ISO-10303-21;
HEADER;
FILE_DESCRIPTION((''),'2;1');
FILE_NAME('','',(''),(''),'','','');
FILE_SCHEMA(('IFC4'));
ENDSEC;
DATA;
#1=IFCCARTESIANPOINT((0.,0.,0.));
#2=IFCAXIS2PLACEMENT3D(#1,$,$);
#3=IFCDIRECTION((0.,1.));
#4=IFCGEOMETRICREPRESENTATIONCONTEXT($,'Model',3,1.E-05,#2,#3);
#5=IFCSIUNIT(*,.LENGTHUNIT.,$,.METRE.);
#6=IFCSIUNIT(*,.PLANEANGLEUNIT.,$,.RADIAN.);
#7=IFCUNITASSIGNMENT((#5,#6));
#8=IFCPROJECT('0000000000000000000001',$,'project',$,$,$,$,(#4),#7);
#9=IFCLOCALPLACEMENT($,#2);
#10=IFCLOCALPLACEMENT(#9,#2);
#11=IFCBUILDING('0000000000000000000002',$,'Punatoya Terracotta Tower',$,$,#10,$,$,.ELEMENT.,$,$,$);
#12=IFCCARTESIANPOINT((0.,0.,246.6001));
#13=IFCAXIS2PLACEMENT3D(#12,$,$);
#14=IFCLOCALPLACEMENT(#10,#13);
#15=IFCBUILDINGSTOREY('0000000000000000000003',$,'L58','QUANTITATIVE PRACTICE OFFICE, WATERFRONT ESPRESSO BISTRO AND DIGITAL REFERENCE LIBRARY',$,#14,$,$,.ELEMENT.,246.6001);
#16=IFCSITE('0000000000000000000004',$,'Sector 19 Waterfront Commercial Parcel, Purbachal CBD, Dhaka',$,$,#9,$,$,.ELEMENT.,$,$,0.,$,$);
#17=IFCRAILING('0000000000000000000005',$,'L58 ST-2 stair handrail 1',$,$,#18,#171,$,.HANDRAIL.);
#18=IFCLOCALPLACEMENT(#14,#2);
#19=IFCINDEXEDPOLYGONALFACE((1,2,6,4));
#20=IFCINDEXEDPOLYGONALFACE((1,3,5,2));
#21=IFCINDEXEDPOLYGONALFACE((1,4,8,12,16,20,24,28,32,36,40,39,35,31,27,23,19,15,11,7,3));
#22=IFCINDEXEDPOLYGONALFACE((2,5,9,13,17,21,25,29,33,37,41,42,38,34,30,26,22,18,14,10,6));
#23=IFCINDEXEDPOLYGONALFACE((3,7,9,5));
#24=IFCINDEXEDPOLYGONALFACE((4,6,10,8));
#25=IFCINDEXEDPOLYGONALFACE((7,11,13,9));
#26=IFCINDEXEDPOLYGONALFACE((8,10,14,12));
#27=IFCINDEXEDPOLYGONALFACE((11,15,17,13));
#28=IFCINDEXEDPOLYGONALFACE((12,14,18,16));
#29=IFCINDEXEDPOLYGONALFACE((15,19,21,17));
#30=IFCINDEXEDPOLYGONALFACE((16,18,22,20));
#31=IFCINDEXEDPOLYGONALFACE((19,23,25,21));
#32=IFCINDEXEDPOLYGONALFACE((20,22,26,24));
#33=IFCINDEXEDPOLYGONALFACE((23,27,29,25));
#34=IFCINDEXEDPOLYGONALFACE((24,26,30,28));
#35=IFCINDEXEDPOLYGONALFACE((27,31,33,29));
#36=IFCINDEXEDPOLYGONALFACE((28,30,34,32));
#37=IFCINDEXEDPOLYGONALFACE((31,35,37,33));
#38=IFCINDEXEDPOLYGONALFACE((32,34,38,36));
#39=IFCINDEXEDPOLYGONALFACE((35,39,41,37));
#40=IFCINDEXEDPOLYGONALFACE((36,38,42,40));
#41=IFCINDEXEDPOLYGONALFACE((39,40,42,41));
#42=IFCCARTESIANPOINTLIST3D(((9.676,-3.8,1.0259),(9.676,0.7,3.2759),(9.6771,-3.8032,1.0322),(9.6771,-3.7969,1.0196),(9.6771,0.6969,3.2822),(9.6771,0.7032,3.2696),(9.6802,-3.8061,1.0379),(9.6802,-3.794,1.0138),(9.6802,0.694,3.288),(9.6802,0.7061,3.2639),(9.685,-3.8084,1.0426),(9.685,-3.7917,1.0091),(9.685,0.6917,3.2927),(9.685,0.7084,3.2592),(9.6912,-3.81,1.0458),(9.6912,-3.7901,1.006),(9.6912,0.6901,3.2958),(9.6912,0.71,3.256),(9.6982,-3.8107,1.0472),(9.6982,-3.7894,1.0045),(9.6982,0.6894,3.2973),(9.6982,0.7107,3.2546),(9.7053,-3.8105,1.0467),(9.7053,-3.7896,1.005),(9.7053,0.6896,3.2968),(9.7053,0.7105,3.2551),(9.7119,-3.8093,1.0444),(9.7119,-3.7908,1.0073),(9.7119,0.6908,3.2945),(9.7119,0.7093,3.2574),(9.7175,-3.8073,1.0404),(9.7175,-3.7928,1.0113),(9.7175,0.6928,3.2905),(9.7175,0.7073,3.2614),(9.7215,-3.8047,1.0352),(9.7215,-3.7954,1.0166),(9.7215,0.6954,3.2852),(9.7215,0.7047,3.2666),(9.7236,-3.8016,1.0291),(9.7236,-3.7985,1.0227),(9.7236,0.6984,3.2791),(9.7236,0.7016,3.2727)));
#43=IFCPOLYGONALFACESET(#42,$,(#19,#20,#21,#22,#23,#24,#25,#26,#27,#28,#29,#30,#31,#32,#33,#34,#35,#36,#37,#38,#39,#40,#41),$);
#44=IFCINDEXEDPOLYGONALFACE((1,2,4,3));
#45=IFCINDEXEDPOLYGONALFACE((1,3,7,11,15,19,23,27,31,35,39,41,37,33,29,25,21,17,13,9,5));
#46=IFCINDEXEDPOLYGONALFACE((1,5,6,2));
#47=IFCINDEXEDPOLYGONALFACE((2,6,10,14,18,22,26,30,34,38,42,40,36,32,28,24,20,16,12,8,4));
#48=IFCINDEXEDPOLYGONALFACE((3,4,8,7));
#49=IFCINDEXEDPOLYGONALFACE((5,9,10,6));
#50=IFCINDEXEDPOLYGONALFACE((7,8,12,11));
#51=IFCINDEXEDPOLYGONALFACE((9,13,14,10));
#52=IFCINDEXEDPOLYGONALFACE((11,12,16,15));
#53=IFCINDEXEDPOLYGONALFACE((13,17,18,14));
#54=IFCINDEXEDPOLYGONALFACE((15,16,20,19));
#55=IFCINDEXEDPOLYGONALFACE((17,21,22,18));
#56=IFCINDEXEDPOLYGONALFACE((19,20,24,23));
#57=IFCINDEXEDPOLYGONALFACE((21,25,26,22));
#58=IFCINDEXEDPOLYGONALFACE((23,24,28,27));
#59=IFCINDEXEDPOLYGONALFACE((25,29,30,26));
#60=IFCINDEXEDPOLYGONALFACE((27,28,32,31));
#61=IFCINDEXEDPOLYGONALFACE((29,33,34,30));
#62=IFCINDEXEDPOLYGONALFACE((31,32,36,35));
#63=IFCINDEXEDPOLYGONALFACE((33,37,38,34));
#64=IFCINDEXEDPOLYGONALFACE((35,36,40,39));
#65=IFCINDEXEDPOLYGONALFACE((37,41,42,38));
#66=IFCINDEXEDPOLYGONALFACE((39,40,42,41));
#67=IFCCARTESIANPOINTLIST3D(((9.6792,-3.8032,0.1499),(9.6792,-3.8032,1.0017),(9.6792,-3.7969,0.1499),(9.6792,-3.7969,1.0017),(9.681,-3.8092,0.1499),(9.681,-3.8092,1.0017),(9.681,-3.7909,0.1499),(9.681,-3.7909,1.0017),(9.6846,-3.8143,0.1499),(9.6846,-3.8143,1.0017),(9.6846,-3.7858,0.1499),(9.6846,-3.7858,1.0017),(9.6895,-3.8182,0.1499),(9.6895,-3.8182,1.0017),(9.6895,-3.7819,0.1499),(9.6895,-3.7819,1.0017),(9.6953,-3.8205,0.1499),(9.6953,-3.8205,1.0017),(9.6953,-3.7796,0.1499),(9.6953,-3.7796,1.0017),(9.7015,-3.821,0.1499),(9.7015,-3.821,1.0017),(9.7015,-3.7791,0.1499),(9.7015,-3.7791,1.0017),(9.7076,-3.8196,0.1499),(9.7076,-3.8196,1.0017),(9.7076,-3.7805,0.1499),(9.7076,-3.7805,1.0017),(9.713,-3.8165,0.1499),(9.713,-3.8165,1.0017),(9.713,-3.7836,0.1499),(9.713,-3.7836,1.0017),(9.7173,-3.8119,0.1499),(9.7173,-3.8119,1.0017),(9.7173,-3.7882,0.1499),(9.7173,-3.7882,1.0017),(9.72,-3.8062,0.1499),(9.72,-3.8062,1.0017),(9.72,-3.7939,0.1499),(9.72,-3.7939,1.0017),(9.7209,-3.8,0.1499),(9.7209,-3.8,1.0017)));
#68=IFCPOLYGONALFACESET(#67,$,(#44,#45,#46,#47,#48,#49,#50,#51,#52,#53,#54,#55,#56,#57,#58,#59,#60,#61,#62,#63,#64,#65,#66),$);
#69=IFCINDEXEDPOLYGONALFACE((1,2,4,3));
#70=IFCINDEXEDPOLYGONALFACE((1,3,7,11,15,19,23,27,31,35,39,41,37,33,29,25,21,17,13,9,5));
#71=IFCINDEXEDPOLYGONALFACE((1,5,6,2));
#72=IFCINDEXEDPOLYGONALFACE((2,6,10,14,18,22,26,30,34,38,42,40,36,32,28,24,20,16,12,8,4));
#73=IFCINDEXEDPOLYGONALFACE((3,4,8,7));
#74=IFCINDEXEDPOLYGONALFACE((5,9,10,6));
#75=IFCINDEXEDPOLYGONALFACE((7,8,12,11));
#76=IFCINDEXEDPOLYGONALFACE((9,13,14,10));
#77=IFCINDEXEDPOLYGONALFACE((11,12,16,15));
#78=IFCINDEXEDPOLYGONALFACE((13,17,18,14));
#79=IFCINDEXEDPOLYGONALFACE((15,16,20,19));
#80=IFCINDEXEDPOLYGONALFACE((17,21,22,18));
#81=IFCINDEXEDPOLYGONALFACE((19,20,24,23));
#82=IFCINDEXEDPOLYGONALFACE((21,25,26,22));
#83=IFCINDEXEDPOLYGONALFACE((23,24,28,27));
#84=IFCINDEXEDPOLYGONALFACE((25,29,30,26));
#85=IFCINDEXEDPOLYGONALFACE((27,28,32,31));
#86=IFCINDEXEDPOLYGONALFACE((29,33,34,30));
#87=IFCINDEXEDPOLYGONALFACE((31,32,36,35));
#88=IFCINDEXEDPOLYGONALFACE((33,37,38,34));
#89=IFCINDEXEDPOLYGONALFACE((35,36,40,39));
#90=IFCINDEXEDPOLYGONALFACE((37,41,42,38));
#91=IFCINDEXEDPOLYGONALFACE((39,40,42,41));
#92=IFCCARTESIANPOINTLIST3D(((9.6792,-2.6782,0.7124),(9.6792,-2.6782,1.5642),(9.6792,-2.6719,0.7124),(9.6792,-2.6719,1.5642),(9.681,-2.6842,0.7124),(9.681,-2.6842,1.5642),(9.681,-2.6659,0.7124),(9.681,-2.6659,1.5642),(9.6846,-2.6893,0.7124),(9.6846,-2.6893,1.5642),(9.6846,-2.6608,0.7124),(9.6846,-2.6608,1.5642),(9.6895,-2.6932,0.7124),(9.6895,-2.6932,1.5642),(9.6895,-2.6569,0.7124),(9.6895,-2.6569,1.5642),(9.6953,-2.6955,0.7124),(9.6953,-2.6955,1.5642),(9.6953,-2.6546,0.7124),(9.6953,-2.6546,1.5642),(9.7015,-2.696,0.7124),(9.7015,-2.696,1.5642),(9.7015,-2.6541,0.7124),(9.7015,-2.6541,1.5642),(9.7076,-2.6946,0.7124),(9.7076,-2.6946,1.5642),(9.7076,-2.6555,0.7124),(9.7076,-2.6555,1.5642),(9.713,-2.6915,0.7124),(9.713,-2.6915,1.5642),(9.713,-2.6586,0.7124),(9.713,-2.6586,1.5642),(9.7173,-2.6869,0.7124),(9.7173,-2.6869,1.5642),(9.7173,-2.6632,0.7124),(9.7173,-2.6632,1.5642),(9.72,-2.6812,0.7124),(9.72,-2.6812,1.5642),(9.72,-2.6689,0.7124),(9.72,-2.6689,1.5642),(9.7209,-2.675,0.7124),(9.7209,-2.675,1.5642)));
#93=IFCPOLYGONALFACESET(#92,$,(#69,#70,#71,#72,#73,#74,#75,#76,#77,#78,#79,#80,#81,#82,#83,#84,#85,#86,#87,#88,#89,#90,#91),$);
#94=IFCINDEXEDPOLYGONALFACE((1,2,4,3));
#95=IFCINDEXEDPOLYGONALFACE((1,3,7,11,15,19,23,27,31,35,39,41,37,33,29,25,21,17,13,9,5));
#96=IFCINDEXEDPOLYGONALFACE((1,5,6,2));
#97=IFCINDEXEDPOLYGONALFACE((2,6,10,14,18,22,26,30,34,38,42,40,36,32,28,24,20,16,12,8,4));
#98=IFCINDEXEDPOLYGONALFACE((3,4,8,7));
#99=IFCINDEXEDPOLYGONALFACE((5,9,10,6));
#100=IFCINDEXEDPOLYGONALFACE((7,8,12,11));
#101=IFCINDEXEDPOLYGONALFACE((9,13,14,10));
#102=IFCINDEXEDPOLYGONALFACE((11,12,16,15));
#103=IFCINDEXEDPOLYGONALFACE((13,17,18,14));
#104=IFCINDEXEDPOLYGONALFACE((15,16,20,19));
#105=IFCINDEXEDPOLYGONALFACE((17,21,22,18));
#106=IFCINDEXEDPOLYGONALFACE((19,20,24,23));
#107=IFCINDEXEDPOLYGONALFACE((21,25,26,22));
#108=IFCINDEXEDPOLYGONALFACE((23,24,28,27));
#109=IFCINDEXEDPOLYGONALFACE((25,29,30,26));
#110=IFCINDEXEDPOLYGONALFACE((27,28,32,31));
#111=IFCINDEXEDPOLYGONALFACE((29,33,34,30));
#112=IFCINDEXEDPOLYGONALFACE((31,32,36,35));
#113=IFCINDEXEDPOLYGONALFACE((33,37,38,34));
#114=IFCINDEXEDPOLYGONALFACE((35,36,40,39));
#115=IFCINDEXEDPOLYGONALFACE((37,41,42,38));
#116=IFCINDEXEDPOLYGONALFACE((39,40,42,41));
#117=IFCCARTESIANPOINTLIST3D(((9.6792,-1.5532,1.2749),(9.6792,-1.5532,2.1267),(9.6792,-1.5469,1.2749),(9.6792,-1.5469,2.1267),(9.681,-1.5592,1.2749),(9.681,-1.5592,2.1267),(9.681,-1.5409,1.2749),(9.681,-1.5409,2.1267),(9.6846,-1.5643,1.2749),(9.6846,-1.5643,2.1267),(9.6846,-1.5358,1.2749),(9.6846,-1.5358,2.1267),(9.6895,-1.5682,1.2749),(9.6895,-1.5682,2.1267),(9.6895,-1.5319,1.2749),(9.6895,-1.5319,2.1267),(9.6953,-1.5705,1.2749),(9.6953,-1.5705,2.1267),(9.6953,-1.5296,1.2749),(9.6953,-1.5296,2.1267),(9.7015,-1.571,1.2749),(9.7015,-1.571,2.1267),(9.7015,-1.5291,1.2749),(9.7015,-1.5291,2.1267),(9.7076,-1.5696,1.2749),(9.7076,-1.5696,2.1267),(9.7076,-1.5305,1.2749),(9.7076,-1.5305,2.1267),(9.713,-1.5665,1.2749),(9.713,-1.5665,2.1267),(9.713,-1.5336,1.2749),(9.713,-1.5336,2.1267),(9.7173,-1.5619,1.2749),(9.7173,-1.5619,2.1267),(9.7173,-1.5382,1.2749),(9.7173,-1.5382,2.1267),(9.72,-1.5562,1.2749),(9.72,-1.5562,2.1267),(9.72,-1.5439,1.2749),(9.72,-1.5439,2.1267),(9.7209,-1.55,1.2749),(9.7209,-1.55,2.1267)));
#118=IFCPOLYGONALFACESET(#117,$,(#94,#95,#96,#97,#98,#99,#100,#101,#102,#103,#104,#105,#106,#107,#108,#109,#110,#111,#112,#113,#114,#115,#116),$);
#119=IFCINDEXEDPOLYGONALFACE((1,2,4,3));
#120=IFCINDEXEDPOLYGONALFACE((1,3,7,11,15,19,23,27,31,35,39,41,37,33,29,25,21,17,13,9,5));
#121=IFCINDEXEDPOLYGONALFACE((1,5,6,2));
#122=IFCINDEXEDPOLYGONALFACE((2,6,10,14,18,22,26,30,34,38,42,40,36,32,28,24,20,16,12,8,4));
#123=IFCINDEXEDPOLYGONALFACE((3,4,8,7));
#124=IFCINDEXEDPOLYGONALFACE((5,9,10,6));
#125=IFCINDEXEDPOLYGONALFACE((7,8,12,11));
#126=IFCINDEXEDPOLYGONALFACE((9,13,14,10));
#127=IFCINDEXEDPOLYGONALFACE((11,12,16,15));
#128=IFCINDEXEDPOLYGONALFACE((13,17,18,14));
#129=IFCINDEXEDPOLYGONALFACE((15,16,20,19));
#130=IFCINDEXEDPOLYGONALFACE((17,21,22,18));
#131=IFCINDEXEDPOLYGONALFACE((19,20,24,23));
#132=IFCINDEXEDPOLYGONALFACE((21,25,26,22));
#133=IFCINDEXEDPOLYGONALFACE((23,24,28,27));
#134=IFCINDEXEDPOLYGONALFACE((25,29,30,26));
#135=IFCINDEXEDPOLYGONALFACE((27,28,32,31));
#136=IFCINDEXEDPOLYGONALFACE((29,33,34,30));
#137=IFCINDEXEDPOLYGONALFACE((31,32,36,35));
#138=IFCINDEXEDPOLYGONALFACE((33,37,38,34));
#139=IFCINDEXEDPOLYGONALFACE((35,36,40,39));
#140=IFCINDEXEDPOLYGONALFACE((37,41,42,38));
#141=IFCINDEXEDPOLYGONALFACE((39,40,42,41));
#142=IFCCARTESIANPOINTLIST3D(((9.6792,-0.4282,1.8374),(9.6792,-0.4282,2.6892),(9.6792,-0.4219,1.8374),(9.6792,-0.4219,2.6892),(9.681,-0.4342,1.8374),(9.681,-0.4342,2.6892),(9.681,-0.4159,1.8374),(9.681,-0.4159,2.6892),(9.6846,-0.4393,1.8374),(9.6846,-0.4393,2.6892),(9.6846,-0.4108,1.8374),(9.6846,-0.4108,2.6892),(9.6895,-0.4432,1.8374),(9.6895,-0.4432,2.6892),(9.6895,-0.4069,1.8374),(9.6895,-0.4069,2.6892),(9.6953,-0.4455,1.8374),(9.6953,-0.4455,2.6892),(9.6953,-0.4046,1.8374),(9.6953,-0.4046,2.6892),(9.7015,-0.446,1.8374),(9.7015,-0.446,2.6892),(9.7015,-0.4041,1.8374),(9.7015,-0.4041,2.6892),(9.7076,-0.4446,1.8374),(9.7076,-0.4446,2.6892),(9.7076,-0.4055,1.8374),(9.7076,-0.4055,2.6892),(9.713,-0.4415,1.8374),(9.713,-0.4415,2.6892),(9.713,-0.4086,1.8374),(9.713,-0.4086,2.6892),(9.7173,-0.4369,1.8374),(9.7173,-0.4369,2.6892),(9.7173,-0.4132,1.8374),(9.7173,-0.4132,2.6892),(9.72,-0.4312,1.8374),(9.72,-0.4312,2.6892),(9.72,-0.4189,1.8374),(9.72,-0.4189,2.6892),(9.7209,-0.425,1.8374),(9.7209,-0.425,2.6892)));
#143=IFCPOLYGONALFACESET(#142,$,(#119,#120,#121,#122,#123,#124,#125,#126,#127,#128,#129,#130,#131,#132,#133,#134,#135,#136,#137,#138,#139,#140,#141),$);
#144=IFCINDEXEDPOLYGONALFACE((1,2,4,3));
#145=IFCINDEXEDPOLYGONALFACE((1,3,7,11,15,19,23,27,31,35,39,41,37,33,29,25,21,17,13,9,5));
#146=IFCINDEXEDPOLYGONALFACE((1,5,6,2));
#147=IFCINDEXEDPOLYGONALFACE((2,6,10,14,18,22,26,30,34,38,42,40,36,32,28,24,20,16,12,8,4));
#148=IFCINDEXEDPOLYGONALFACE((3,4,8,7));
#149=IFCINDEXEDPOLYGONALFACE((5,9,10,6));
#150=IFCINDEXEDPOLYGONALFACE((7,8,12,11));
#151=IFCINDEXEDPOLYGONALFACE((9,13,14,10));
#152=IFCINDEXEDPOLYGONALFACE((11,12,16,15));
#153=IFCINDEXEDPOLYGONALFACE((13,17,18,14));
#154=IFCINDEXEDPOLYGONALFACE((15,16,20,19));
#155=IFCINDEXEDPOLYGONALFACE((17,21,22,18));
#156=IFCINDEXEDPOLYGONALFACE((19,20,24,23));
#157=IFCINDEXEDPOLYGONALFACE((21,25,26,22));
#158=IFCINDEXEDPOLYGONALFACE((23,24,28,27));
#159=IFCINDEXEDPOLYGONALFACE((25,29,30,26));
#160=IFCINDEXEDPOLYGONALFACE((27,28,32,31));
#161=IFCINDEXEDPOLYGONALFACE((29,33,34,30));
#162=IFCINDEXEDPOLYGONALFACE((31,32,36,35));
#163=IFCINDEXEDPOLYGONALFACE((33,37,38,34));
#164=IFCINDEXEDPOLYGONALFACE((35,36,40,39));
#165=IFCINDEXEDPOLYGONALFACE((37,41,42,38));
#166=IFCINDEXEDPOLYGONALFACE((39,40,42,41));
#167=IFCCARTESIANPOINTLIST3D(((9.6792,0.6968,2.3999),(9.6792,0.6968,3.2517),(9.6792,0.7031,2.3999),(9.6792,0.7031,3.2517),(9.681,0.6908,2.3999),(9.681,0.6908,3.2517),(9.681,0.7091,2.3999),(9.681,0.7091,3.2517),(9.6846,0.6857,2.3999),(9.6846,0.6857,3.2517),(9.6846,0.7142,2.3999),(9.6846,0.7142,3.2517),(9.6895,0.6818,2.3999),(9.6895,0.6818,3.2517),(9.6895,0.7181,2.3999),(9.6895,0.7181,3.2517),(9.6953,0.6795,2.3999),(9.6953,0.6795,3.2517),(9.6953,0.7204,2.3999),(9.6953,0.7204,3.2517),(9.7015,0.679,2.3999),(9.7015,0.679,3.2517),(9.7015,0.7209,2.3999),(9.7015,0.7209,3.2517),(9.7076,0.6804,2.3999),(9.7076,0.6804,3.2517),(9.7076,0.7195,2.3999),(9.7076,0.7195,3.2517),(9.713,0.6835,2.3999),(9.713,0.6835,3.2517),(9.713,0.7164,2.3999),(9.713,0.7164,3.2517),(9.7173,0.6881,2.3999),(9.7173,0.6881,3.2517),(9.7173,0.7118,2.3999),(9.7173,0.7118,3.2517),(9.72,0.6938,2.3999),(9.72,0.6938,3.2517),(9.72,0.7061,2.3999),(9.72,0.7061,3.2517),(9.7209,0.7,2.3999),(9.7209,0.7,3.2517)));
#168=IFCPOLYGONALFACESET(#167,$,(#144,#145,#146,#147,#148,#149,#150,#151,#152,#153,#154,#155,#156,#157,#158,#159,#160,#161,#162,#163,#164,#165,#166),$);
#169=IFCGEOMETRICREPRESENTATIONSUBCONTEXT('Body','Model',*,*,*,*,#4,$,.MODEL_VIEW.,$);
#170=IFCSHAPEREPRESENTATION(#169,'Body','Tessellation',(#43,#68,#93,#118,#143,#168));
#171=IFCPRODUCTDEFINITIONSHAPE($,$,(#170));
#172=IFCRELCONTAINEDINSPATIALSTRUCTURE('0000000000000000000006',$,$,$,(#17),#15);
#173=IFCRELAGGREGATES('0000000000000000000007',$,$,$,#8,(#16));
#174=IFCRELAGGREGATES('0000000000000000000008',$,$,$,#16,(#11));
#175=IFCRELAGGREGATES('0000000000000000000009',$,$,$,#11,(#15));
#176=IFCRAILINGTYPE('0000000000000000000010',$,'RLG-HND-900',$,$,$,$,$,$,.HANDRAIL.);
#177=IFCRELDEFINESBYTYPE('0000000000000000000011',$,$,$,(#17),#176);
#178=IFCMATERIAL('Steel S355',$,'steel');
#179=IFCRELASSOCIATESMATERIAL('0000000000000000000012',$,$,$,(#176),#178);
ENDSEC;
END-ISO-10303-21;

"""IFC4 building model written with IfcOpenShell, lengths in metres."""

from ifc_helpers import new_model, si_unit, direction, frame, origin, origin_2d, place, context, subcontext, project, spatial, circle, extrude, material, type_object, element, save


model = new_model("IFC4")

# Units and contexts
model_context = context("Model", 3, precision=1e-05, world=origin(), true_north=direction((0.0, 1.0)))
body_context = subcontext(model_context, "Body", "Model", "MODEL_VIEW")
ifc_project = project(units=[si_unit("LENGTHUNIT", "METRE"), si_unit("PLANEANGLEUNIT", "RADIAN")], contexts=[model_context])

# Site, building, storey
site_placement = place(None, origin())
site = spatial("IfcSite", under=ifc_project, at=site_placement, Name="Sector 19 Waterfront Commercial Parcel, Purbachal CBD, Dhaka", CompositionType="ELEMENT", RefElevation=0.0)
building_placement = place(site_placement, origin())
building = spatial("IfcBuilding", under=site, at=building_placement, Name="Punatoya Terracotta Tower", CompositionType="ELEMENT")
storey_placement = place(building_placement, frame((0.0, 0.0, 246.6001)))
storey = spatial("IfcBuildingStorey", under=building, at=storey_placement, Name="L58", Description="QUANTITATIVE PRACTICE OFFICE, WATERFRONT ESPRESSO BISTRO AND DIGITAL REFERENCE LIBRARY", CompositionType="ELEMENT", Elevation=246.6001)

# Shared definitions
ifc_material_1 = material(Name="Steel S355", Category="steel")

# Railing
railing_type_1 = type_object("IfcRailingType", Name="RLG-HND-900", PredefinedType="HANDRAIL", material=ifc_material_1)
railing_1_placement = place(storey_placement, frame((9.7, -3.8, 0.1499)))
element("IfcRailing", 1, at=railing_1_placement, inside=storey, type_object=railing_type_1, Name="L58 ST-2 stair handrail 1", PredefinedType="HANDRAIL", context=body_context, shape_type="SweptSolid", body=[
    extrude(circle(Radius=0.0239, at=origin_2d()), frame((0.0, 0.0, 0.876), z_axis=(0.0, 0.894427, 0.447214), x_axis=(-1.0, 0.0, 0.0)), (0.0, 0.0, 1.0), 5.0312),
    extrude(circle(Radius=0.021, at=origin_2d()), origin(), (0.0, 0.0, 1.0), 0.8518),
    extrude(circle(Radius=0.021, at=origin_2d()), frame((0.0, 1.125, 0.5625)), (0.0, 0.0, 1.0), 0.8518),
    extrude(circle(Radius=0.021, at=origin_2d()), frame((0.0, 2.25, 1.125)), (0.0, 0.0, 1.0), 0.8518),
    extrude(circle(Radius=0.021, at=origin_2d()), frame((0.0, 3.375, 1.6875)), (0.0, 0.0, 1.0), 0.8518),
    extrude(circle(Radius=0.021, at=origin_2d()), frame((0.0, 4.5, 2.25)), (0.0, 0.0, 1.0), 0.8518),
])

save(model, "model.ifc")
